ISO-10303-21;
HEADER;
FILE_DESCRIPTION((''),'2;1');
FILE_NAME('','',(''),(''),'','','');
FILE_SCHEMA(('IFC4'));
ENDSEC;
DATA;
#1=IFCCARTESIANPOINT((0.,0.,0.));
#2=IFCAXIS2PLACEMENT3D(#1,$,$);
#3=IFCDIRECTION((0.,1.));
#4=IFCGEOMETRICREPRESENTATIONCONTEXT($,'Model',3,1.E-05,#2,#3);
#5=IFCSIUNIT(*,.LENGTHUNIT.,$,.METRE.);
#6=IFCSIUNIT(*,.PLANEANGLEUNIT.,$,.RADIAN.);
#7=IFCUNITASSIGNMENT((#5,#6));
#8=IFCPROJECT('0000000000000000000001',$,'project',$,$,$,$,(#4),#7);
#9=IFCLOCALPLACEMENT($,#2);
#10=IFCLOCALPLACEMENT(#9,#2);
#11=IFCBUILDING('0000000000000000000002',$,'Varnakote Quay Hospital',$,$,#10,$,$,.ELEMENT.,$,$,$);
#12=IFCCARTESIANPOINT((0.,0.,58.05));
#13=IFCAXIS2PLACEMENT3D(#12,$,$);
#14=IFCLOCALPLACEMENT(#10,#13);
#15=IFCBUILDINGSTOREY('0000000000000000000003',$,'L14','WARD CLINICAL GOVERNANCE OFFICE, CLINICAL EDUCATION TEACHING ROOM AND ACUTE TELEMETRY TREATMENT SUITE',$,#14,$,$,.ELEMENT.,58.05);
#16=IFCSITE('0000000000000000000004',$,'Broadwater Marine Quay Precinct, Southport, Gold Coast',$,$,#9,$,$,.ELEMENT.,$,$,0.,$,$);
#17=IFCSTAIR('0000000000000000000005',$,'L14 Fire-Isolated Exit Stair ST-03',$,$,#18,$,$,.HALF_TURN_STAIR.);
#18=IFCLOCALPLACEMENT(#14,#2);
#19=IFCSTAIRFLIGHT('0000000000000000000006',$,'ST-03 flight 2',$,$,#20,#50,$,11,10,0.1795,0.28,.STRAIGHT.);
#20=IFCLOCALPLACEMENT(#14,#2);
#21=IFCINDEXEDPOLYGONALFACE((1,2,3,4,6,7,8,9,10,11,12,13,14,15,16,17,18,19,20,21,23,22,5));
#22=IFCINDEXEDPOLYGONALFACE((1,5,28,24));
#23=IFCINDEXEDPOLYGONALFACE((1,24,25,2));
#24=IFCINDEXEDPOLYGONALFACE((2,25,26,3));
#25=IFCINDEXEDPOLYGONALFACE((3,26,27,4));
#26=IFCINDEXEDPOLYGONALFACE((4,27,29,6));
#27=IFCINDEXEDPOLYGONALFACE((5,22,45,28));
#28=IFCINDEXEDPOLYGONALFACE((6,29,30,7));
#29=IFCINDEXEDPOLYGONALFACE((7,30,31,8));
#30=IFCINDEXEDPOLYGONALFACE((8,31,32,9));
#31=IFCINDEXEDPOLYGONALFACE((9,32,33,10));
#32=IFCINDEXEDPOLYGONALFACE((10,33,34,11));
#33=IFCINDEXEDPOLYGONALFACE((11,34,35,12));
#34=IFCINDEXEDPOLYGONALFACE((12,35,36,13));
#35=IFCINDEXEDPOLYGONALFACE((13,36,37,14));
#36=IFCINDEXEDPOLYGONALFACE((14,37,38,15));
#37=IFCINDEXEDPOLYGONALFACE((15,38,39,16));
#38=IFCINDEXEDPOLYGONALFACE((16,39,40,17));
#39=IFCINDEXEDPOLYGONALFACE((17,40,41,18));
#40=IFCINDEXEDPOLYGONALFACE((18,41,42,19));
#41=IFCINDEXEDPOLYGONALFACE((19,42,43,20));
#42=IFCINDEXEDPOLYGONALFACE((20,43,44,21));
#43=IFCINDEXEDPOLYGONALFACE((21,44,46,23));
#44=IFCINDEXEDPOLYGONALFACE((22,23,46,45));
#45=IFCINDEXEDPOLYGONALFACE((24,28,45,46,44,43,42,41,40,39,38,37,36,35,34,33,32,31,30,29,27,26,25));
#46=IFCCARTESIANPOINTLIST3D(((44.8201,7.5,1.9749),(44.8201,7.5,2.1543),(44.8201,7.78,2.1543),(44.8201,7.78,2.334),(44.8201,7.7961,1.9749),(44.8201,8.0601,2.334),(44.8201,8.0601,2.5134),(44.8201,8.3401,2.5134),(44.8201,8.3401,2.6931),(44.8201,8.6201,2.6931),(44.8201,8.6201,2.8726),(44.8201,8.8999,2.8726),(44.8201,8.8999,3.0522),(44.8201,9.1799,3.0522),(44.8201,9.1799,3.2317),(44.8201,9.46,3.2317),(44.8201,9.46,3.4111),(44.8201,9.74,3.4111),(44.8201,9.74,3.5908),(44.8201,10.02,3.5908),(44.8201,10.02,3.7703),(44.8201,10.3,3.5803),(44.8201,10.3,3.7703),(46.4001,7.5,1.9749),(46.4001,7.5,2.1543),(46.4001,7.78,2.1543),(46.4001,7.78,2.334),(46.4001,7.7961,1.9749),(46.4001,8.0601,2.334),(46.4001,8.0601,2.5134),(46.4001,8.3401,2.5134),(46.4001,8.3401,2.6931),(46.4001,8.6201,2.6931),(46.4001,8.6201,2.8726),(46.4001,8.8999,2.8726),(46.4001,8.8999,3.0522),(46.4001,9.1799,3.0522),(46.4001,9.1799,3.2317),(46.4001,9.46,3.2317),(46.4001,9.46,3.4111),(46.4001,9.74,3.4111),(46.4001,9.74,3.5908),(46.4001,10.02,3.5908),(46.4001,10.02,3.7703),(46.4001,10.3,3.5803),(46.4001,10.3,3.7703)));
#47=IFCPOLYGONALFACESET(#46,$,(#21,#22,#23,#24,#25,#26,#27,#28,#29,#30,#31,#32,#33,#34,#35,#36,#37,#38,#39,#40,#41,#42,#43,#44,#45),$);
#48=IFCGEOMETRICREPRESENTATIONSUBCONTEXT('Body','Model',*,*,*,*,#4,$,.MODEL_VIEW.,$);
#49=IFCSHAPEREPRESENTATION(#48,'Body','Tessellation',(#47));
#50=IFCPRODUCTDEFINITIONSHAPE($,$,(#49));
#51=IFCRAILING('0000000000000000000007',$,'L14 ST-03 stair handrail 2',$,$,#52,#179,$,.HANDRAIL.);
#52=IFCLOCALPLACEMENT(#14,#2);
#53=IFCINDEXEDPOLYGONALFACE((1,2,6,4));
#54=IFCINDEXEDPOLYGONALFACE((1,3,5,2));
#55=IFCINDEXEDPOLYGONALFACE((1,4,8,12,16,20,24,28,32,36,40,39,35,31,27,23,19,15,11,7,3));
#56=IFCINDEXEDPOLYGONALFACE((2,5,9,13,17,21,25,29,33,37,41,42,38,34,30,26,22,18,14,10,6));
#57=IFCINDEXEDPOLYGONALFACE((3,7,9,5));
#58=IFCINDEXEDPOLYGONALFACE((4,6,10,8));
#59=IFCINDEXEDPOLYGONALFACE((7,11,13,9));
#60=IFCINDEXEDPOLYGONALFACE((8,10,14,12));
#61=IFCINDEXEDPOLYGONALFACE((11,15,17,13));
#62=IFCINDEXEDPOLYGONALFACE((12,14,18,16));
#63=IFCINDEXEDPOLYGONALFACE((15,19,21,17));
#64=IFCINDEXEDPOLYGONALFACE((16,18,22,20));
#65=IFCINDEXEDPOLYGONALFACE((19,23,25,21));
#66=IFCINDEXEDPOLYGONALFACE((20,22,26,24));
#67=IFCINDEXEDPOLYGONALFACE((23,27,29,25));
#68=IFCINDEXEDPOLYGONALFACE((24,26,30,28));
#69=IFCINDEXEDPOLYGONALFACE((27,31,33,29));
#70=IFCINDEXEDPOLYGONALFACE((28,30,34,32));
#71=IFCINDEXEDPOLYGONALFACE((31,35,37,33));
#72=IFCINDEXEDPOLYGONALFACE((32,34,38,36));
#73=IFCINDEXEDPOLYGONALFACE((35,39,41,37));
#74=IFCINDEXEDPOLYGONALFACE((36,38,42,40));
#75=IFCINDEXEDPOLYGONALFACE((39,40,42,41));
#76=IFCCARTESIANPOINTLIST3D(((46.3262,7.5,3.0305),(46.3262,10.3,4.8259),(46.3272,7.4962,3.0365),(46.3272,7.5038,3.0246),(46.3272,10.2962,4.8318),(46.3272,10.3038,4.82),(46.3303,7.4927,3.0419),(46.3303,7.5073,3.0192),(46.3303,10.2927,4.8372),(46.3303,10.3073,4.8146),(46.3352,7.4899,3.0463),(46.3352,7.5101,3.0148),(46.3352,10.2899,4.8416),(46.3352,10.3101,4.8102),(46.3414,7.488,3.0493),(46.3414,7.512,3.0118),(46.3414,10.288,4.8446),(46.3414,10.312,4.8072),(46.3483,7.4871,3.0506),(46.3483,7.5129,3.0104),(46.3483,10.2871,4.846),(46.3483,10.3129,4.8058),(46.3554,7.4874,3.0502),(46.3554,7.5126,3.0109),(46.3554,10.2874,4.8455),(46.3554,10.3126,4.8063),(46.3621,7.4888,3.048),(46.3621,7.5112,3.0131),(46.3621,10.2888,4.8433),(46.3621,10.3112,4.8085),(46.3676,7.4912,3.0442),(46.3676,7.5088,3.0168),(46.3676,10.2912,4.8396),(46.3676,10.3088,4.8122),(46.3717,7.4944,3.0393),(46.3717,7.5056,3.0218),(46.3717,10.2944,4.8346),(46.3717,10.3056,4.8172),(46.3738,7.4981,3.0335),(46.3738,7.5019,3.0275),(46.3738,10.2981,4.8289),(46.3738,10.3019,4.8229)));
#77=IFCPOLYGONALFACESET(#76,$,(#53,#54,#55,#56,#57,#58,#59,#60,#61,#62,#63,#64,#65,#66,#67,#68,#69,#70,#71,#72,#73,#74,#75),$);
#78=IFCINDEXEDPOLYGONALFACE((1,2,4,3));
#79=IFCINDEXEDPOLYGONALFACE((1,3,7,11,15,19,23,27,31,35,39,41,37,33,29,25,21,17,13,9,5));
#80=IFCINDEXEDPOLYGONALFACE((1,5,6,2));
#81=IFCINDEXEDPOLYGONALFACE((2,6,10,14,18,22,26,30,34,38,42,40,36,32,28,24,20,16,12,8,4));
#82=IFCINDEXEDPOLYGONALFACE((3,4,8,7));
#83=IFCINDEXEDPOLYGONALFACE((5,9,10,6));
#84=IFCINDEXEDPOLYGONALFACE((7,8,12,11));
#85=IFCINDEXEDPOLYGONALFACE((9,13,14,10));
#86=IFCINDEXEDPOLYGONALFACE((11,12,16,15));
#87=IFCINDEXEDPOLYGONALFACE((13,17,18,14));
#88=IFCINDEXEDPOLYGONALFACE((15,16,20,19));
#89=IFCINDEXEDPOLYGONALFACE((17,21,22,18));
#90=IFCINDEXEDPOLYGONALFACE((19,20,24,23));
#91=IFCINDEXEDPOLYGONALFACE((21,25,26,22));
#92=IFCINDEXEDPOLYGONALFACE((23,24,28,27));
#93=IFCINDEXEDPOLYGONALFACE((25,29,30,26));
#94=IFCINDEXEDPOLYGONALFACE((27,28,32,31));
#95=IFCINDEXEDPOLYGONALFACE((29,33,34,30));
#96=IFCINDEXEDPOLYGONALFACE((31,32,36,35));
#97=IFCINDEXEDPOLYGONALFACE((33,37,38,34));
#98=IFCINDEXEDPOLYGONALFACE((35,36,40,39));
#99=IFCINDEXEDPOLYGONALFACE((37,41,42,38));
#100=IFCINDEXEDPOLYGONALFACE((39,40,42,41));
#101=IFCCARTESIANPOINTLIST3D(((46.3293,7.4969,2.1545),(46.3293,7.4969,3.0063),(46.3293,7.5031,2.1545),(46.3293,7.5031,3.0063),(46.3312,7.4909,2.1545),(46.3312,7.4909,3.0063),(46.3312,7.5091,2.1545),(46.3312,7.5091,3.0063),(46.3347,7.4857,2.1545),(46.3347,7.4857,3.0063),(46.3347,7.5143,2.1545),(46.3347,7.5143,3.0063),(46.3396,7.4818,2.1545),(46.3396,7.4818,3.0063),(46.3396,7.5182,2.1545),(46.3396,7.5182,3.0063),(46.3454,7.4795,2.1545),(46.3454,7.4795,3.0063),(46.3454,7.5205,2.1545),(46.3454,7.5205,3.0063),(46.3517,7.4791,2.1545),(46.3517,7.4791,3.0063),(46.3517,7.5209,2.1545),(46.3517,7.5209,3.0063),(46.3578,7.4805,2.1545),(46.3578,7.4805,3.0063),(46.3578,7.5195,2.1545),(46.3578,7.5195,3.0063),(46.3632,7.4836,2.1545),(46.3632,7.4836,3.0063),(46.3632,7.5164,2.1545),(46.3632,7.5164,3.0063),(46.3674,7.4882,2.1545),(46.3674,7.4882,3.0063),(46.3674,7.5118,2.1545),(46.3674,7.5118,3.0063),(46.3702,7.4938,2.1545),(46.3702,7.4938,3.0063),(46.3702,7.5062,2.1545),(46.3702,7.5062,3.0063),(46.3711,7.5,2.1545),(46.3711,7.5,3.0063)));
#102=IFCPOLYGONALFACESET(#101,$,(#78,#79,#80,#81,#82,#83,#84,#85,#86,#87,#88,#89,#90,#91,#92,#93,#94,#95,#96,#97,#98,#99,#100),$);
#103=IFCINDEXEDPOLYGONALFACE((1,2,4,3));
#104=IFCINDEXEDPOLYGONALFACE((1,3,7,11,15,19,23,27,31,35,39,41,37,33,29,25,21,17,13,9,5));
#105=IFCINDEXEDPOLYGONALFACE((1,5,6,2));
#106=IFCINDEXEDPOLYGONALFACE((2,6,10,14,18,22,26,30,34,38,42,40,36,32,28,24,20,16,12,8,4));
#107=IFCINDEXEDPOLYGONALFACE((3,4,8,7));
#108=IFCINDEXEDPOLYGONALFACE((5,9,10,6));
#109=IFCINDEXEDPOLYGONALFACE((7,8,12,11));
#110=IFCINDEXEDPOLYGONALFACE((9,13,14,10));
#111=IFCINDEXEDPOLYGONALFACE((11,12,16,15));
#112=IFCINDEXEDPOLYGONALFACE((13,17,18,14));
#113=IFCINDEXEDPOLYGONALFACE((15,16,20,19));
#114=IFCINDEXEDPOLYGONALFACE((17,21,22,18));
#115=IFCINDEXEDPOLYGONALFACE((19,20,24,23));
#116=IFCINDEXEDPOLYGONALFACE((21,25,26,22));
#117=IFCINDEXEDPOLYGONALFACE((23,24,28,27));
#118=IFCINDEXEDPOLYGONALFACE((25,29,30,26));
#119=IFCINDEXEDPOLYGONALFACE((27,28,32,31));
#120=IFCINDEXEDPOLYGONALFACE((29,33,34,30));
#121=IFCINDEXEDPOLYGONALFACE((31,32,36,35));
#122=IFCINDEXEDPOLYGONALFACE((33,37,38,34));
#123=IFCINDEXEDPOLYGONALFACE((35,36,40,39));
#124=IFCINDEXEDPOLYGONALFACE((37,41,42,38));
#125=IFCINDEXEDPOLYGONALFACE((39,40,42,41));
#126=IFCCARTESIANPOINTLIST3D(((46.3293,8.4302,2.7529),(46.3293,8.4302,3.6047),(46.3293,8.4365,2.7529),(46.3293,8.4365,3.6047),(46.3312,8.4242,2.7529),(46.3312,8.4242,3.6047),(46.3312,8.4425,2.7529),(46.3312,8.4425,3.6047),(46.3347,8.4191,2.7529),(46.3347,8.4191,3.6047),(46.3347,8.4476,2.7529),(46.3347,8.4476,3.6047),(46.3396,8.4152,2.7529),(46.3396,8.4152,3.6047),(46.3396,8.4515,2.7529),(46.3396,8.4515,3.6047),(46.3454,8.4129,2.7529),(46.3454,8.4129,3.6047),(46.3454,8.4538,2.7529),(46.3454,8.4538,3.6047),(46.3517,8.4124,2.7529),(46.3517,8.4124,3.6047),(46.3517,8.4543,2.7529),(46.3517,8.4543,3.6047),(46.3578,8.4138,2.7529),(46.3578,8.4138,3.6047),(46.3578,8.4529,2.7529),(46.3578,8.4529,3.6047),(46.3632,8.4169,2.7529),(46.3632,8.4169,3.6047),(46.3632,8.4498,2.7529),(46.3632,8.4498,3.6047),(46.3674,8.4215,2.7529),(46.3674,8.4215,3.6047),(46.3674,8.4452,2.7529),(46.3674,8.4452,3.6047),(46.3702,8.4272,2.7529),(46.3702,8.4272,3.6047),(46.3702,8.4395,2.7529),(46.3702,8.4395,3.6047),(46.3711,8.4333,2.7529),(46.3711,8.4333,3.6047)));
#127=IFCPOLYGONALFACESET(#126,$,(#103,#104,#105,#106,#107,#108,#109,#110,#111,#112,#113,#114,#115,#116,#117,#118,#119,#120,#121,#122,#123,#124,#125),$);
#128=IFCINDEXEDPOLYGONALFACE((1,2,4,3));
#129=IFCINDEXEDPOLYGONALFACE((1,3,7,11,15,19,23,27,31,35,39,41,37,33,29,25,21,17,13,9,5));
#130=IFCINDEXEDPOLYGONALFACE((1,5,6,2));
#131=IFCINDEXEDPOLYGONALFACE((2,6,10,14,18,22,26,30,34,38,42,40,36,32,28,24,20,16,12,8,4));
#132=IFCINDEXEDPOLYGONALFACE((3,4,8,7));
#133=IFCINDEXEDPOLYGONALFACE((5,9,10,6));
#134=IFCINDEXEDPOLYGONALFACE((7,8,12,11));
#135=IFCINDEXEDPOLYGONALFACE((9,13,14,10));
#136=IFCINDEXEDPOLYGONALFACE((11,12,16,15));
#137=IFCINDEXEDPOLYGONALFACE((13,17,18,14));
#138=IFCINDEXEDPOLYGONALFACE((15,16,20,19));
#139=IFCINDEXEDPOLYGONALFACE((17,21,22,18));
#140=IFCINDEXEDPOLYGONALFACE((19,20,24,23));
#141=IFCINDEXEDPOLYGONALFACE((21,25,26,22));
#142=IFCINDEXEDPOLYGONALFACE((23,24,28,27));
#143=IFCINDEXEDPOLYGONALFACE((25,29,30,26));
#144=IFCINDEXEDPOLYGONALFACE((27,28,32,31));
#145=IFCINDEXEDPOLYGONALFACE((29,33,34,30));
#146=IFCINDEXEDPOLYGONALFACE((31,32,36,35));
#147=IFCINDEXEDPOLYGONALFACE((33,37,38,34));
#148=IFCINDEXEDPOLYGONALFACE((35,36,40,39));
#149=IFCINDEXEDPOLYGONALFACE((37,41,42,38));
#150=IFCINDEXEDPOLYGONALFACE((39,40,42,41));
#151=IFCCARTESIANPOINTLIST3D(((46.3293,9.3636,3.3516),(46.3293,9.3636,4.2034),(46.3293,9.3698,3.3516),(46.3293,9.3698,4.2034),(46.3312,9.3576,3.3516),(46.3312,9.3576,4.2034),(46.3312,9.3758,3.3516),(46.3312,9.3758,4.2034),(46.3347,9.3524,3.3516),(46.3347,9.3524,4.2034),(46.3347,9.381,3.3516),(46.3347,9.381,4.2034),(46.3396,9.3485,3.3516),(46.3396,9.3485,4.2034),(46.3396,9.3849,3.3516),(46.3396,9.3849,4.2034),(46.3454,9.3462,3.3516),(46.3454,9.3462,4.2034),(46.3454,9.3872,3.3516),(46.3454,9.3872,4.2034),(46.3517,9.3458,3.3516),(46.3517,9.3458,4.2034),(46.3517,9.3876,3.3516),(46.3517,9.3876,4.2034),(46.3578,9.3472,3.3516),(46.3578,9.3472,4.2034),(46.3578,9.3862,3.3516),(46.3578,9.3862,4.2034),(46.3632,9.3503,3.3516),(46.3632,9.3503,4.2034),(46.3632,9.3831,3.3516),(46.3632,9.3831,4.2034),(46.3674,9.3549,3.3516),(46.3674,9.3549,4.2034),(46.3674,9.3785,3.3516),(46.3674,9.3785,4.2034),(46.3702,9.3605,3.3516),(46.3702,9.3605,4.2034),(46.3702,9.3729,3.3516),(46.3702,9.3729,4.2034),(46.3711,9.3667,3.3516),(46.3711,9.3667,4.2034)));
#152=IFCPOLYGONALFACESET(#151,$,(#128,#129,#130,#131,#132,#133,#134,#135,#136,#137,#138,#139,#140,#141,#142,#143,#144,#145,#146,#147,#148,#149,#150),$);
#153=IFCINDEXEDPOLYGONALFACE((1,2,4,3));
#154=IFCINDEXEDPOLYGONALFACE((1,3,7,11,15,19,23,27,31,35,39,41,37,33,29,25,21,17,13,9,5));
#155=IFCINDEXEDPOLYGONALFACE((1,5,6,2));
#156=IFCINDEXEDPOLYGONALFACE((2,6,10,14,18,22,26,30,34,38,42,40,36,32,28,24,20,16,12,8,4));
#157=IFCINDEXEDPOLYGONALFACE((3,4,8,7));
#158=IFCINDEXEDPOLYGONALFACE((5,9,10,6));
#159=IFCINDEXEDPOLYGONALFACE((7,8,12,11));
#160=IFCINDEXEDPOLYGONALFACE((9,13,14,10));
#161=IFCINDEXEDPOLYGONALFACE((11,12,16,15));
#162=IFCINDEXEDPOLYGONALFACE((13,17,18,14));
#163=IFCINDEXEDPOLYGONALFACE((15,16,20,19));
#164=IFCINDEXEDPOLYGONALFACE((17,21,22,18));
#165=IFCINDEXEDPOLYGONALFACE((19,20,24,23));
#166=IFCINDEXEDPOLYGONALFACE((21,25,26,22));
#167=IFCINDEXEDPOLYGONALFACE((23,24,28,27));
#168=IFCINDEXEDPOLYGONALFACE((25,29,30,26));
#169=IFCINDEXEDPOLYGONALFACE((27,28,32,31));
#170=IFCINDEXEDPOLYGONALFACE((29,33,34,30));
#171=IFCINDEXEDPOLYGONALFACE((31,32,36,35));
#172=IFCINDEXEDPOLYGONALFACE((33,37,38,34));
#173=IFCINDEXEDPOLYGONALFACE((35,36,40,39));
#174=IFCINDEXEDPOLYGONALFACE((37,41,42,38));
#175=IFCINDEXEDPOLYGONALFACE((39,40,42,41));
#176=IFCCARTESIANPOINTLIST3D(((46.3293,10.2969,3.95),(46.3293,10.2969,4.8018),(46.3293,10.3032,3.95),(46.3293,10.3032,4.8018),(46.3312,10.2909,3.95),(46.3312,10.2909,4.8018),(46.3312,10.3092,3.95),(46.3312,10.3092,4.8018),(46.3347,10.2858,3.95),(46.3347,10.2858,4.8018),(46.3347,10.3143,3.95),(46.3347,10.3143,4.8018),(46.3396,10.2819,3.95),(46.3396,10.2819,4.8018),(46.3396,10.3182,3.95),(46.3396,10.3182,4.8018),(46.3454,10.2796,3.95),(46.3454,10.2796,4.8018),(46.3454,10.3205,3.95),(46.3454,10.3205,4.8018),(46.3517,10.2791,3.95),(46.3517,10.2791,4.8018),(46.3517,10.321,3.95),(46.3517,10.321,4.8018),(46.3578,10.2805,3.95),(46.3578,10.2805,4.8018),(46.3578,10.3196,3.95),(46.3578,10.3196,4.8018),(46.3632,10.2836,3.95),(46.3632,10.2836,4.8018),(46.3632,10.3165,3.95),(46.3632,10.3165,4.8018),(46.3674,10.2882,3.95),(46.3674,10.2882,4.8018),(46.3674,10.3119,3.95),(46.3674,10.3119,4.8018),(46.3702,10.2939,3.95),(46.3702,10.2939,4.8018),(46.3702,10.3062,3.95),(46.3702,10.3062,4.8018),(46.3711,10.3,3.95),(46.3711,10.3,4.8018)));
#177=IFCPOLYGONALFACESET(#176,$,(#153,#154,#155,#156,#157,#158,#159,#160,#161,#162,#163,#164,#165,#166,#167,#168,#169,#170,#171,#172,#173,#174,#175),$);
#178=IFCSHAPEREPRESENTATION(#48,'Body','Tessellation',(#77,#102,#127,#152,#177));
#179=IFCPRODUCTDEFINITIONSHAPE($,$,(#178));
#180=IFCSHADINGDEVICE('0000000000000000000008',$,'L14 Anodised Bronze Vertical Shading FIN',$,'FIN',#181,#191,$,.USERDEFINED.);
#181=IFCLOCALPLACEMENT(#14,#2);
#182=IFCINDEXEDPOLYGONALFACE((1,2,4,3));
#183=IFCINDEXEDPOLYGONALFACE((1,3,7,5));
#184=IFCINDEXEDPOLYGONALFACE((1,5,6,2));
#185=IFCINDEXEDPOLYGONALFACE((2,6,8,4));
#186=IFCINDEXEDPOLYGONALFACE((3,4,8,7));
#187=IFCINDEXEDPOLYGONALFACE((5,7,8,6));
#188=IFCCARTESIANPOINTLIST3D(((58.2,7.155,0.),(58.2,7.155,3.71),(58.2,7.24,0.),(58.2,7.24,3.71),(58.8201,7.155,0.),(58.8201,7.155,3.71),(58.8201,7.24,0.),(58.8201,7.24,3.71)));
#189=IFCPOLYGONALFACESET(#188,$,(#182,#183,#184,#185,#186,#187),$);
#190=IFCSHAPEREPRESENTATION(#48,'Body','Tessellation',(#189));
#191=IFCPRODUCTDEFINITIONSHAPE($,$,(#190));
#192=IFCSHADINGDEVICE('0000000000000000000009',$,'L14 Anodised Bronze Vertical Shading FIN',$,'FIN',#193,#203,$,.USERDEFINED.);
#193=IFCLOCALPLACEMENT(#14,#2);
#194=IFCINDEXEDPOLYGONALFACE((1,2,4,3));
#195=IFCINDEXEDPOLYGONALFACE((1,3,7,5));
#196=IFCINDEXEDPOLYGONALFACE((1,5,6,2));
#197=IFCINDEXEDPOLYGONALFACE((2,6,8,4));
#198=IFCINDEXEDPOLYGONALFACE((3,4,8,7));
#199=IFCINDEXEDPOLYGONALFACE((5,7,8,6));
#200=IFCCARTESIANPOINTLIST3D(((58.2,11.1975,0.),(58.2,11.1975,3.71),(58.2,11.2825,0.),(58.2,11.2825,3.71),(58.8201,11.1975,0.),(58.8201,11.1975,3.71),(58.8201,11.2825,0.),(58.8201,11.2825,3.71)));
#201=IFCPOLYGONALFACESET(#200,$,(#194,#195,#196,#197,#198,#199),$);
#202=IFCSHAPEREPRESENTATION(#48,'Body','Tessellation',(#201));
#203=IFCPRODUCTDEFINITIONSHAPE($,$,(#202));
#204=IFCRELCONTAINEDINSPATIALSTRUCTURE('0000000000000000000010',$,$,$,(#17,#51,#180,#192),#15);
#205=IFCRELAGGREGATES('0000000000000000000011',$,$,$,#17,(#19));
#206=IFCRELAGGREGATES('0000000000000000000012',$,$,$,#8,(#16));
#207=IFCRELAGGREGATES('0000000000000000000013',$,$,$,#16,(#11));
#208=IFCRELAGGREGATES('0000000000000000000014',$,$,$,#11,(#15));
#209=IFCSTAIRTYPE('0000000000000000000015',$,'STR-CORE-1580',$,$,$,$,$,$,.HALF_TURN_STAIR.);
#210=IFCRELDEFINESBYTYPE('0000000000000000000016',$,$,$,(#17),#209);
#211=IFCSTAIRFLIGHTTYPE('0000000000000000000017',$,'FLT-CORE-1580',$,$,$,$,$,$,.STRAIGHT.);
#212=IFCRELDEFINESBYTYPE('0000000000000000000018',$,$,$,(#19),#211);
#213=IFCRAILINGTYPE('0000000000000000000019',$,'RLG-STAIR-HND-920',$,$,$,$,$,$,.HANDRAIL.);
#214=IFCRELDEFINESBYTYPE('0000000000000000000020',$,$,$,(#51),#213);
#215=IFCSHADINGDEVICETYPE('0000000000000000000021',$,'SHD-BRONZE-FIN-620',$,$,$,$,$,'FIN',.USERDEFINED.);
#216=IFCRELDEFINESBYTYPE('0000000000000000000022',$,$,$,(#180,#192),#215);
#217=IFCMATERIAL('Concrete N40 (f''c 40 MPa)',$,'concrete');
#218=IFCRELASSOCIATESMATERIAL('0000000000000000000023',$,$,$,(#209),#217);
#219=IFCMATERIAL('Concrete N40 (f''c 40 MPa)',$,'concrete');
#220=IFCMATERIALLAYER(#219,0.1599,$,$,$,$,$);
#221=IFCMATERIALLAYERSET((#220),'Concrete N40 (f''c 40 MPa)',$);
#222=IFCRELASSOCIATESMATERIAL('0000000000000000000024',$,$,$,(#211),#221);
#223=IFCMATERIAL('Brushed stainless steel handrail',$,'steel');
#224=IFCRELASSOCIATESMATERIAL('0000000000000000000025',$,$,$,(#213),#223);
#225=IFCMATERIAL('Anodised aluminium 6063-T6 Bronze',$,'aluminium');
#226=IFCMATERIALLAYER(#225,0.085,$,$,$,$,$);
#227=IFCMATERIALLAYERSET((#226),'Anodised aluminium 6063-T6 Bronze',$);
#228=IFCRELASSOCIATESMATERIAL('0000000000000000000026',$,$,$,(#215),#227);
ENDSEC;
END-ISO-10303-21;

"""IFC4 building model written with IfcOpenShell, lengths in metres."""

from ifc_helpers import new_model, si_unit, direction, frame, origin, origin_2d, place, context, subcontext, project, spatial, polyline, rectangle, circle, outline, extrude, material, layer, layer_set, type_object, element, aggregate, save


model = new_model("IFC4")

# Units and contexts
model_context = context("Model", 3, precision=1e-05, world=origin(), true_north=direction((0.0, 1.0)))
body_context = subcontext(model_context, "Body", "Model", "MODEL_VIEW")
ifc_project = project(units=[si_unit("LENGTHUNIT", "METRE"), si_unit("PLANEANGLEUNIT", "RADIAN")], contexts=[model_context])

# Site, building, storey
site_placement = place(None, origin())
site = spatial("IfcSite", under=ifc_project, at=site_placement, Name="Broadwater Marine Quay Precinct, Southport, Gold Coast", CompositionType="ELEMENT", RefElevation=0.0)
building_placement = place(site_placement, origin())
building = spatial("IfcBuilding", under=site, at=building_placement, Name="Varnakote Quay Hospital", CompositionType="ELEMENT")
storey_placement = place(building_placement, frame((0.0, 0.0, 58.05)))
storey = spatial("IfcBuildingStorey", under=building, at=storey_placement, Name="L14", Description="WARD CLINICAL GOVERNANCE OFFICE, CLINICAL EDUCATION TEACHING ROOM AND ACUTE TELEMETRY TREATMENT SUITE", CompositionType="ELEMENT", Elevation=58.05)

# Stair, stair flight
ifc_material_1 = material(Name="Concrete N40 (f'c 40 MPa)", Category="concrete")
stair_type = type_object("IfcStairType", Name="STR-CORE-1580", PredefinedType="HALF_TURN_STAIR", material=ifc_material_1)
stair_placement = place(storey_placement, origin())
stair = element("IfcStair", 1, at=stair_placement, inside=storey, type_object=stair_type, Name="L14 Fire-Isolated Exit Stair ST-03", PredefinedType="HALF_TURN_STAIR")
ifc_material_2 = material(Name="Concrete N40 (f'c 40 MPa)", Category="concrete")
ifc_layer_1 = layer(ifc_material_2, 0.1599)
ifc_layer_set_1 = layer_set([ifc_layer_1], Name="Concrete N40 (f'c 40 MPa)")
stair_flight_type = type_object("IfcStairFlightType", Name="FLT-CORE-1580", PredefinedType="STRAIGHT", material=ifc_layer_set_1)
stair_flight_placement = place(storey_placement, frame((45.6101, 7.5, 1.9749), z_axis=(0.0, 0.0, 1.0), x_axis=(0.0, 1.0, 0.0)))
stair_flight = element("IfcStairFlight", 2, at=stair_flight_placement, type_object=stair_flight_type, Name="ST-03 flight 2", NumberOfRisers=11, NumberOfTreads=10, PredefinedType="STRAIGHT", RiserHeight=0.1795, TreadLength=0.28, context=body_context, shape_type="SweptSolid", body=[
    extrude(outline(polyline([(0.0, 0.0), (0.0, 0.1794), (0.28, 0.1794), (0.28, 0.3591), (0.5601, 0.3591), (0.5601, 0.5386), (0.8401, 0.5386), (0.8401, 0.7183), (1.1201, 0.7183), (1.1201, 0.8977), (1.3999, 0.8977), (1.3999, 1.0774), (1.6799, 1.0774), (1.6799, 1.2568), (1.96, 1.2568), (1.96, 1.4363), (2.24, 1.4363), (2.24, 1.616), (2.52, 1.616), (2.52, 1.7954), (2.8, 1.7954), (2.8, 1.9751), (2.8, 1.6055), (0.2961, 0.0), (0.0, 0.0)])), frame((0.0, 0.79, 0.0), z_axis=(0.0, -1.0, 0.0), x_axis=(1.0, 0.0, 0.0)), (0.0, 0.0, 1.0), 1.5801),
])
aggregate(stair, [stair_flight])

# Railing
ifc_material_3 = material(Name="Brushed stainless steel handrail", Category="steel")
railing_type = type_object("IfcRailingType", Name="RLG-STAIR-HND-920", PredefinedType="HANDRAIL", material=ifc_material_3)
railing_placement = place(storey_placement, frame((46.3501, 7.5, 2.1545)))
element("IfcRailing", 3, at=railing_placement, inside=storey, type_object=railing_type, Name="L14 ST-03 stair handrail 2", PredefinedType="HANDRAIL", context=body_context, shape_type="SweptSolid", body=[
    extrude(circle(Radius=0.0239, at=origin_2d()), frame((0.0, 0.0, 0.876), z_axis=(0.0, 0.84181, 0.539774), x_axis=(-1.0, 0.0, 0.0)), (0.0, 0.0, 1.0), 3.3262),
    extrude(circle(Radius=0.021, at=origin_2d()), origin(), (0.0, 0.0, 1.0), 0.8518),
    extrude(circle(Radius=0.021, at=origin_2d()), frame((0.0, 0.9333, 0.5984)), (0.0, 0.0, 1.0), 0.8518),
    extrude(circle(Radius=0.021, at=origin_2d()), frame((0.0, 1.8667, 1.197)), (0.0, 0.0, 1.0), 0.8518),
    extrude(circle(Radius=0.021, at=origin_2d()), frame((0.0, 2.8, 1.7954)), (0.0, 0.0, 1.0), 0.8518),
])

# Shading devices
ifc_material_4 = material(Name="Anodised aluminium 6063-T6 Bronze", Category="aluminium")
ifc_layer_2 = layer(ifc_material_4, 0.085)
ifc_layer_set_2 = layer_set([ifc_layer_2], Name="Anodised aluminium 6063-T6 Bronze")
shading_device_type = type_object("IfcShadingDeviceType", Name="SHD-BRONZE-FIN-620", ElementType="FIN", PredefinedType="USERDEFINED", material=ifc_layer_set_2)
for number, where, z_axis, x_axis, name in (
    (4, (58.51, 7.1975, 0.0), (0.0, 0.0, 1.0), (-1.0, 0.0, 0.0), "L14 Anodised Bronze Vertical Shading FIN"),
    (5, (58.51, 11.24, 0.0), (0.0, 0.0, 1.0), (-1.0, 0.0, 0.0), "L14 Anodised Bronze Vertical Shading FIN"),
):
    element("IfcShadingDevice", number, at=place(storey_placement, frame(where, z_axis=z_axis, x_axis=x_axis)), inside=storey, type_object=shading_device_type, Name=name, ObjectType="FIN", PredefinedType="USERDEFINED", context=body_context, shape_type="SweptSolid", body=[
        extrude(rectangle(XDim=0.6201, YDim=0.085, at=origin_2d()), origin(), (0.0, 0.0, 1.0), 3.71),
    ])

save(model, "model.ifc")
